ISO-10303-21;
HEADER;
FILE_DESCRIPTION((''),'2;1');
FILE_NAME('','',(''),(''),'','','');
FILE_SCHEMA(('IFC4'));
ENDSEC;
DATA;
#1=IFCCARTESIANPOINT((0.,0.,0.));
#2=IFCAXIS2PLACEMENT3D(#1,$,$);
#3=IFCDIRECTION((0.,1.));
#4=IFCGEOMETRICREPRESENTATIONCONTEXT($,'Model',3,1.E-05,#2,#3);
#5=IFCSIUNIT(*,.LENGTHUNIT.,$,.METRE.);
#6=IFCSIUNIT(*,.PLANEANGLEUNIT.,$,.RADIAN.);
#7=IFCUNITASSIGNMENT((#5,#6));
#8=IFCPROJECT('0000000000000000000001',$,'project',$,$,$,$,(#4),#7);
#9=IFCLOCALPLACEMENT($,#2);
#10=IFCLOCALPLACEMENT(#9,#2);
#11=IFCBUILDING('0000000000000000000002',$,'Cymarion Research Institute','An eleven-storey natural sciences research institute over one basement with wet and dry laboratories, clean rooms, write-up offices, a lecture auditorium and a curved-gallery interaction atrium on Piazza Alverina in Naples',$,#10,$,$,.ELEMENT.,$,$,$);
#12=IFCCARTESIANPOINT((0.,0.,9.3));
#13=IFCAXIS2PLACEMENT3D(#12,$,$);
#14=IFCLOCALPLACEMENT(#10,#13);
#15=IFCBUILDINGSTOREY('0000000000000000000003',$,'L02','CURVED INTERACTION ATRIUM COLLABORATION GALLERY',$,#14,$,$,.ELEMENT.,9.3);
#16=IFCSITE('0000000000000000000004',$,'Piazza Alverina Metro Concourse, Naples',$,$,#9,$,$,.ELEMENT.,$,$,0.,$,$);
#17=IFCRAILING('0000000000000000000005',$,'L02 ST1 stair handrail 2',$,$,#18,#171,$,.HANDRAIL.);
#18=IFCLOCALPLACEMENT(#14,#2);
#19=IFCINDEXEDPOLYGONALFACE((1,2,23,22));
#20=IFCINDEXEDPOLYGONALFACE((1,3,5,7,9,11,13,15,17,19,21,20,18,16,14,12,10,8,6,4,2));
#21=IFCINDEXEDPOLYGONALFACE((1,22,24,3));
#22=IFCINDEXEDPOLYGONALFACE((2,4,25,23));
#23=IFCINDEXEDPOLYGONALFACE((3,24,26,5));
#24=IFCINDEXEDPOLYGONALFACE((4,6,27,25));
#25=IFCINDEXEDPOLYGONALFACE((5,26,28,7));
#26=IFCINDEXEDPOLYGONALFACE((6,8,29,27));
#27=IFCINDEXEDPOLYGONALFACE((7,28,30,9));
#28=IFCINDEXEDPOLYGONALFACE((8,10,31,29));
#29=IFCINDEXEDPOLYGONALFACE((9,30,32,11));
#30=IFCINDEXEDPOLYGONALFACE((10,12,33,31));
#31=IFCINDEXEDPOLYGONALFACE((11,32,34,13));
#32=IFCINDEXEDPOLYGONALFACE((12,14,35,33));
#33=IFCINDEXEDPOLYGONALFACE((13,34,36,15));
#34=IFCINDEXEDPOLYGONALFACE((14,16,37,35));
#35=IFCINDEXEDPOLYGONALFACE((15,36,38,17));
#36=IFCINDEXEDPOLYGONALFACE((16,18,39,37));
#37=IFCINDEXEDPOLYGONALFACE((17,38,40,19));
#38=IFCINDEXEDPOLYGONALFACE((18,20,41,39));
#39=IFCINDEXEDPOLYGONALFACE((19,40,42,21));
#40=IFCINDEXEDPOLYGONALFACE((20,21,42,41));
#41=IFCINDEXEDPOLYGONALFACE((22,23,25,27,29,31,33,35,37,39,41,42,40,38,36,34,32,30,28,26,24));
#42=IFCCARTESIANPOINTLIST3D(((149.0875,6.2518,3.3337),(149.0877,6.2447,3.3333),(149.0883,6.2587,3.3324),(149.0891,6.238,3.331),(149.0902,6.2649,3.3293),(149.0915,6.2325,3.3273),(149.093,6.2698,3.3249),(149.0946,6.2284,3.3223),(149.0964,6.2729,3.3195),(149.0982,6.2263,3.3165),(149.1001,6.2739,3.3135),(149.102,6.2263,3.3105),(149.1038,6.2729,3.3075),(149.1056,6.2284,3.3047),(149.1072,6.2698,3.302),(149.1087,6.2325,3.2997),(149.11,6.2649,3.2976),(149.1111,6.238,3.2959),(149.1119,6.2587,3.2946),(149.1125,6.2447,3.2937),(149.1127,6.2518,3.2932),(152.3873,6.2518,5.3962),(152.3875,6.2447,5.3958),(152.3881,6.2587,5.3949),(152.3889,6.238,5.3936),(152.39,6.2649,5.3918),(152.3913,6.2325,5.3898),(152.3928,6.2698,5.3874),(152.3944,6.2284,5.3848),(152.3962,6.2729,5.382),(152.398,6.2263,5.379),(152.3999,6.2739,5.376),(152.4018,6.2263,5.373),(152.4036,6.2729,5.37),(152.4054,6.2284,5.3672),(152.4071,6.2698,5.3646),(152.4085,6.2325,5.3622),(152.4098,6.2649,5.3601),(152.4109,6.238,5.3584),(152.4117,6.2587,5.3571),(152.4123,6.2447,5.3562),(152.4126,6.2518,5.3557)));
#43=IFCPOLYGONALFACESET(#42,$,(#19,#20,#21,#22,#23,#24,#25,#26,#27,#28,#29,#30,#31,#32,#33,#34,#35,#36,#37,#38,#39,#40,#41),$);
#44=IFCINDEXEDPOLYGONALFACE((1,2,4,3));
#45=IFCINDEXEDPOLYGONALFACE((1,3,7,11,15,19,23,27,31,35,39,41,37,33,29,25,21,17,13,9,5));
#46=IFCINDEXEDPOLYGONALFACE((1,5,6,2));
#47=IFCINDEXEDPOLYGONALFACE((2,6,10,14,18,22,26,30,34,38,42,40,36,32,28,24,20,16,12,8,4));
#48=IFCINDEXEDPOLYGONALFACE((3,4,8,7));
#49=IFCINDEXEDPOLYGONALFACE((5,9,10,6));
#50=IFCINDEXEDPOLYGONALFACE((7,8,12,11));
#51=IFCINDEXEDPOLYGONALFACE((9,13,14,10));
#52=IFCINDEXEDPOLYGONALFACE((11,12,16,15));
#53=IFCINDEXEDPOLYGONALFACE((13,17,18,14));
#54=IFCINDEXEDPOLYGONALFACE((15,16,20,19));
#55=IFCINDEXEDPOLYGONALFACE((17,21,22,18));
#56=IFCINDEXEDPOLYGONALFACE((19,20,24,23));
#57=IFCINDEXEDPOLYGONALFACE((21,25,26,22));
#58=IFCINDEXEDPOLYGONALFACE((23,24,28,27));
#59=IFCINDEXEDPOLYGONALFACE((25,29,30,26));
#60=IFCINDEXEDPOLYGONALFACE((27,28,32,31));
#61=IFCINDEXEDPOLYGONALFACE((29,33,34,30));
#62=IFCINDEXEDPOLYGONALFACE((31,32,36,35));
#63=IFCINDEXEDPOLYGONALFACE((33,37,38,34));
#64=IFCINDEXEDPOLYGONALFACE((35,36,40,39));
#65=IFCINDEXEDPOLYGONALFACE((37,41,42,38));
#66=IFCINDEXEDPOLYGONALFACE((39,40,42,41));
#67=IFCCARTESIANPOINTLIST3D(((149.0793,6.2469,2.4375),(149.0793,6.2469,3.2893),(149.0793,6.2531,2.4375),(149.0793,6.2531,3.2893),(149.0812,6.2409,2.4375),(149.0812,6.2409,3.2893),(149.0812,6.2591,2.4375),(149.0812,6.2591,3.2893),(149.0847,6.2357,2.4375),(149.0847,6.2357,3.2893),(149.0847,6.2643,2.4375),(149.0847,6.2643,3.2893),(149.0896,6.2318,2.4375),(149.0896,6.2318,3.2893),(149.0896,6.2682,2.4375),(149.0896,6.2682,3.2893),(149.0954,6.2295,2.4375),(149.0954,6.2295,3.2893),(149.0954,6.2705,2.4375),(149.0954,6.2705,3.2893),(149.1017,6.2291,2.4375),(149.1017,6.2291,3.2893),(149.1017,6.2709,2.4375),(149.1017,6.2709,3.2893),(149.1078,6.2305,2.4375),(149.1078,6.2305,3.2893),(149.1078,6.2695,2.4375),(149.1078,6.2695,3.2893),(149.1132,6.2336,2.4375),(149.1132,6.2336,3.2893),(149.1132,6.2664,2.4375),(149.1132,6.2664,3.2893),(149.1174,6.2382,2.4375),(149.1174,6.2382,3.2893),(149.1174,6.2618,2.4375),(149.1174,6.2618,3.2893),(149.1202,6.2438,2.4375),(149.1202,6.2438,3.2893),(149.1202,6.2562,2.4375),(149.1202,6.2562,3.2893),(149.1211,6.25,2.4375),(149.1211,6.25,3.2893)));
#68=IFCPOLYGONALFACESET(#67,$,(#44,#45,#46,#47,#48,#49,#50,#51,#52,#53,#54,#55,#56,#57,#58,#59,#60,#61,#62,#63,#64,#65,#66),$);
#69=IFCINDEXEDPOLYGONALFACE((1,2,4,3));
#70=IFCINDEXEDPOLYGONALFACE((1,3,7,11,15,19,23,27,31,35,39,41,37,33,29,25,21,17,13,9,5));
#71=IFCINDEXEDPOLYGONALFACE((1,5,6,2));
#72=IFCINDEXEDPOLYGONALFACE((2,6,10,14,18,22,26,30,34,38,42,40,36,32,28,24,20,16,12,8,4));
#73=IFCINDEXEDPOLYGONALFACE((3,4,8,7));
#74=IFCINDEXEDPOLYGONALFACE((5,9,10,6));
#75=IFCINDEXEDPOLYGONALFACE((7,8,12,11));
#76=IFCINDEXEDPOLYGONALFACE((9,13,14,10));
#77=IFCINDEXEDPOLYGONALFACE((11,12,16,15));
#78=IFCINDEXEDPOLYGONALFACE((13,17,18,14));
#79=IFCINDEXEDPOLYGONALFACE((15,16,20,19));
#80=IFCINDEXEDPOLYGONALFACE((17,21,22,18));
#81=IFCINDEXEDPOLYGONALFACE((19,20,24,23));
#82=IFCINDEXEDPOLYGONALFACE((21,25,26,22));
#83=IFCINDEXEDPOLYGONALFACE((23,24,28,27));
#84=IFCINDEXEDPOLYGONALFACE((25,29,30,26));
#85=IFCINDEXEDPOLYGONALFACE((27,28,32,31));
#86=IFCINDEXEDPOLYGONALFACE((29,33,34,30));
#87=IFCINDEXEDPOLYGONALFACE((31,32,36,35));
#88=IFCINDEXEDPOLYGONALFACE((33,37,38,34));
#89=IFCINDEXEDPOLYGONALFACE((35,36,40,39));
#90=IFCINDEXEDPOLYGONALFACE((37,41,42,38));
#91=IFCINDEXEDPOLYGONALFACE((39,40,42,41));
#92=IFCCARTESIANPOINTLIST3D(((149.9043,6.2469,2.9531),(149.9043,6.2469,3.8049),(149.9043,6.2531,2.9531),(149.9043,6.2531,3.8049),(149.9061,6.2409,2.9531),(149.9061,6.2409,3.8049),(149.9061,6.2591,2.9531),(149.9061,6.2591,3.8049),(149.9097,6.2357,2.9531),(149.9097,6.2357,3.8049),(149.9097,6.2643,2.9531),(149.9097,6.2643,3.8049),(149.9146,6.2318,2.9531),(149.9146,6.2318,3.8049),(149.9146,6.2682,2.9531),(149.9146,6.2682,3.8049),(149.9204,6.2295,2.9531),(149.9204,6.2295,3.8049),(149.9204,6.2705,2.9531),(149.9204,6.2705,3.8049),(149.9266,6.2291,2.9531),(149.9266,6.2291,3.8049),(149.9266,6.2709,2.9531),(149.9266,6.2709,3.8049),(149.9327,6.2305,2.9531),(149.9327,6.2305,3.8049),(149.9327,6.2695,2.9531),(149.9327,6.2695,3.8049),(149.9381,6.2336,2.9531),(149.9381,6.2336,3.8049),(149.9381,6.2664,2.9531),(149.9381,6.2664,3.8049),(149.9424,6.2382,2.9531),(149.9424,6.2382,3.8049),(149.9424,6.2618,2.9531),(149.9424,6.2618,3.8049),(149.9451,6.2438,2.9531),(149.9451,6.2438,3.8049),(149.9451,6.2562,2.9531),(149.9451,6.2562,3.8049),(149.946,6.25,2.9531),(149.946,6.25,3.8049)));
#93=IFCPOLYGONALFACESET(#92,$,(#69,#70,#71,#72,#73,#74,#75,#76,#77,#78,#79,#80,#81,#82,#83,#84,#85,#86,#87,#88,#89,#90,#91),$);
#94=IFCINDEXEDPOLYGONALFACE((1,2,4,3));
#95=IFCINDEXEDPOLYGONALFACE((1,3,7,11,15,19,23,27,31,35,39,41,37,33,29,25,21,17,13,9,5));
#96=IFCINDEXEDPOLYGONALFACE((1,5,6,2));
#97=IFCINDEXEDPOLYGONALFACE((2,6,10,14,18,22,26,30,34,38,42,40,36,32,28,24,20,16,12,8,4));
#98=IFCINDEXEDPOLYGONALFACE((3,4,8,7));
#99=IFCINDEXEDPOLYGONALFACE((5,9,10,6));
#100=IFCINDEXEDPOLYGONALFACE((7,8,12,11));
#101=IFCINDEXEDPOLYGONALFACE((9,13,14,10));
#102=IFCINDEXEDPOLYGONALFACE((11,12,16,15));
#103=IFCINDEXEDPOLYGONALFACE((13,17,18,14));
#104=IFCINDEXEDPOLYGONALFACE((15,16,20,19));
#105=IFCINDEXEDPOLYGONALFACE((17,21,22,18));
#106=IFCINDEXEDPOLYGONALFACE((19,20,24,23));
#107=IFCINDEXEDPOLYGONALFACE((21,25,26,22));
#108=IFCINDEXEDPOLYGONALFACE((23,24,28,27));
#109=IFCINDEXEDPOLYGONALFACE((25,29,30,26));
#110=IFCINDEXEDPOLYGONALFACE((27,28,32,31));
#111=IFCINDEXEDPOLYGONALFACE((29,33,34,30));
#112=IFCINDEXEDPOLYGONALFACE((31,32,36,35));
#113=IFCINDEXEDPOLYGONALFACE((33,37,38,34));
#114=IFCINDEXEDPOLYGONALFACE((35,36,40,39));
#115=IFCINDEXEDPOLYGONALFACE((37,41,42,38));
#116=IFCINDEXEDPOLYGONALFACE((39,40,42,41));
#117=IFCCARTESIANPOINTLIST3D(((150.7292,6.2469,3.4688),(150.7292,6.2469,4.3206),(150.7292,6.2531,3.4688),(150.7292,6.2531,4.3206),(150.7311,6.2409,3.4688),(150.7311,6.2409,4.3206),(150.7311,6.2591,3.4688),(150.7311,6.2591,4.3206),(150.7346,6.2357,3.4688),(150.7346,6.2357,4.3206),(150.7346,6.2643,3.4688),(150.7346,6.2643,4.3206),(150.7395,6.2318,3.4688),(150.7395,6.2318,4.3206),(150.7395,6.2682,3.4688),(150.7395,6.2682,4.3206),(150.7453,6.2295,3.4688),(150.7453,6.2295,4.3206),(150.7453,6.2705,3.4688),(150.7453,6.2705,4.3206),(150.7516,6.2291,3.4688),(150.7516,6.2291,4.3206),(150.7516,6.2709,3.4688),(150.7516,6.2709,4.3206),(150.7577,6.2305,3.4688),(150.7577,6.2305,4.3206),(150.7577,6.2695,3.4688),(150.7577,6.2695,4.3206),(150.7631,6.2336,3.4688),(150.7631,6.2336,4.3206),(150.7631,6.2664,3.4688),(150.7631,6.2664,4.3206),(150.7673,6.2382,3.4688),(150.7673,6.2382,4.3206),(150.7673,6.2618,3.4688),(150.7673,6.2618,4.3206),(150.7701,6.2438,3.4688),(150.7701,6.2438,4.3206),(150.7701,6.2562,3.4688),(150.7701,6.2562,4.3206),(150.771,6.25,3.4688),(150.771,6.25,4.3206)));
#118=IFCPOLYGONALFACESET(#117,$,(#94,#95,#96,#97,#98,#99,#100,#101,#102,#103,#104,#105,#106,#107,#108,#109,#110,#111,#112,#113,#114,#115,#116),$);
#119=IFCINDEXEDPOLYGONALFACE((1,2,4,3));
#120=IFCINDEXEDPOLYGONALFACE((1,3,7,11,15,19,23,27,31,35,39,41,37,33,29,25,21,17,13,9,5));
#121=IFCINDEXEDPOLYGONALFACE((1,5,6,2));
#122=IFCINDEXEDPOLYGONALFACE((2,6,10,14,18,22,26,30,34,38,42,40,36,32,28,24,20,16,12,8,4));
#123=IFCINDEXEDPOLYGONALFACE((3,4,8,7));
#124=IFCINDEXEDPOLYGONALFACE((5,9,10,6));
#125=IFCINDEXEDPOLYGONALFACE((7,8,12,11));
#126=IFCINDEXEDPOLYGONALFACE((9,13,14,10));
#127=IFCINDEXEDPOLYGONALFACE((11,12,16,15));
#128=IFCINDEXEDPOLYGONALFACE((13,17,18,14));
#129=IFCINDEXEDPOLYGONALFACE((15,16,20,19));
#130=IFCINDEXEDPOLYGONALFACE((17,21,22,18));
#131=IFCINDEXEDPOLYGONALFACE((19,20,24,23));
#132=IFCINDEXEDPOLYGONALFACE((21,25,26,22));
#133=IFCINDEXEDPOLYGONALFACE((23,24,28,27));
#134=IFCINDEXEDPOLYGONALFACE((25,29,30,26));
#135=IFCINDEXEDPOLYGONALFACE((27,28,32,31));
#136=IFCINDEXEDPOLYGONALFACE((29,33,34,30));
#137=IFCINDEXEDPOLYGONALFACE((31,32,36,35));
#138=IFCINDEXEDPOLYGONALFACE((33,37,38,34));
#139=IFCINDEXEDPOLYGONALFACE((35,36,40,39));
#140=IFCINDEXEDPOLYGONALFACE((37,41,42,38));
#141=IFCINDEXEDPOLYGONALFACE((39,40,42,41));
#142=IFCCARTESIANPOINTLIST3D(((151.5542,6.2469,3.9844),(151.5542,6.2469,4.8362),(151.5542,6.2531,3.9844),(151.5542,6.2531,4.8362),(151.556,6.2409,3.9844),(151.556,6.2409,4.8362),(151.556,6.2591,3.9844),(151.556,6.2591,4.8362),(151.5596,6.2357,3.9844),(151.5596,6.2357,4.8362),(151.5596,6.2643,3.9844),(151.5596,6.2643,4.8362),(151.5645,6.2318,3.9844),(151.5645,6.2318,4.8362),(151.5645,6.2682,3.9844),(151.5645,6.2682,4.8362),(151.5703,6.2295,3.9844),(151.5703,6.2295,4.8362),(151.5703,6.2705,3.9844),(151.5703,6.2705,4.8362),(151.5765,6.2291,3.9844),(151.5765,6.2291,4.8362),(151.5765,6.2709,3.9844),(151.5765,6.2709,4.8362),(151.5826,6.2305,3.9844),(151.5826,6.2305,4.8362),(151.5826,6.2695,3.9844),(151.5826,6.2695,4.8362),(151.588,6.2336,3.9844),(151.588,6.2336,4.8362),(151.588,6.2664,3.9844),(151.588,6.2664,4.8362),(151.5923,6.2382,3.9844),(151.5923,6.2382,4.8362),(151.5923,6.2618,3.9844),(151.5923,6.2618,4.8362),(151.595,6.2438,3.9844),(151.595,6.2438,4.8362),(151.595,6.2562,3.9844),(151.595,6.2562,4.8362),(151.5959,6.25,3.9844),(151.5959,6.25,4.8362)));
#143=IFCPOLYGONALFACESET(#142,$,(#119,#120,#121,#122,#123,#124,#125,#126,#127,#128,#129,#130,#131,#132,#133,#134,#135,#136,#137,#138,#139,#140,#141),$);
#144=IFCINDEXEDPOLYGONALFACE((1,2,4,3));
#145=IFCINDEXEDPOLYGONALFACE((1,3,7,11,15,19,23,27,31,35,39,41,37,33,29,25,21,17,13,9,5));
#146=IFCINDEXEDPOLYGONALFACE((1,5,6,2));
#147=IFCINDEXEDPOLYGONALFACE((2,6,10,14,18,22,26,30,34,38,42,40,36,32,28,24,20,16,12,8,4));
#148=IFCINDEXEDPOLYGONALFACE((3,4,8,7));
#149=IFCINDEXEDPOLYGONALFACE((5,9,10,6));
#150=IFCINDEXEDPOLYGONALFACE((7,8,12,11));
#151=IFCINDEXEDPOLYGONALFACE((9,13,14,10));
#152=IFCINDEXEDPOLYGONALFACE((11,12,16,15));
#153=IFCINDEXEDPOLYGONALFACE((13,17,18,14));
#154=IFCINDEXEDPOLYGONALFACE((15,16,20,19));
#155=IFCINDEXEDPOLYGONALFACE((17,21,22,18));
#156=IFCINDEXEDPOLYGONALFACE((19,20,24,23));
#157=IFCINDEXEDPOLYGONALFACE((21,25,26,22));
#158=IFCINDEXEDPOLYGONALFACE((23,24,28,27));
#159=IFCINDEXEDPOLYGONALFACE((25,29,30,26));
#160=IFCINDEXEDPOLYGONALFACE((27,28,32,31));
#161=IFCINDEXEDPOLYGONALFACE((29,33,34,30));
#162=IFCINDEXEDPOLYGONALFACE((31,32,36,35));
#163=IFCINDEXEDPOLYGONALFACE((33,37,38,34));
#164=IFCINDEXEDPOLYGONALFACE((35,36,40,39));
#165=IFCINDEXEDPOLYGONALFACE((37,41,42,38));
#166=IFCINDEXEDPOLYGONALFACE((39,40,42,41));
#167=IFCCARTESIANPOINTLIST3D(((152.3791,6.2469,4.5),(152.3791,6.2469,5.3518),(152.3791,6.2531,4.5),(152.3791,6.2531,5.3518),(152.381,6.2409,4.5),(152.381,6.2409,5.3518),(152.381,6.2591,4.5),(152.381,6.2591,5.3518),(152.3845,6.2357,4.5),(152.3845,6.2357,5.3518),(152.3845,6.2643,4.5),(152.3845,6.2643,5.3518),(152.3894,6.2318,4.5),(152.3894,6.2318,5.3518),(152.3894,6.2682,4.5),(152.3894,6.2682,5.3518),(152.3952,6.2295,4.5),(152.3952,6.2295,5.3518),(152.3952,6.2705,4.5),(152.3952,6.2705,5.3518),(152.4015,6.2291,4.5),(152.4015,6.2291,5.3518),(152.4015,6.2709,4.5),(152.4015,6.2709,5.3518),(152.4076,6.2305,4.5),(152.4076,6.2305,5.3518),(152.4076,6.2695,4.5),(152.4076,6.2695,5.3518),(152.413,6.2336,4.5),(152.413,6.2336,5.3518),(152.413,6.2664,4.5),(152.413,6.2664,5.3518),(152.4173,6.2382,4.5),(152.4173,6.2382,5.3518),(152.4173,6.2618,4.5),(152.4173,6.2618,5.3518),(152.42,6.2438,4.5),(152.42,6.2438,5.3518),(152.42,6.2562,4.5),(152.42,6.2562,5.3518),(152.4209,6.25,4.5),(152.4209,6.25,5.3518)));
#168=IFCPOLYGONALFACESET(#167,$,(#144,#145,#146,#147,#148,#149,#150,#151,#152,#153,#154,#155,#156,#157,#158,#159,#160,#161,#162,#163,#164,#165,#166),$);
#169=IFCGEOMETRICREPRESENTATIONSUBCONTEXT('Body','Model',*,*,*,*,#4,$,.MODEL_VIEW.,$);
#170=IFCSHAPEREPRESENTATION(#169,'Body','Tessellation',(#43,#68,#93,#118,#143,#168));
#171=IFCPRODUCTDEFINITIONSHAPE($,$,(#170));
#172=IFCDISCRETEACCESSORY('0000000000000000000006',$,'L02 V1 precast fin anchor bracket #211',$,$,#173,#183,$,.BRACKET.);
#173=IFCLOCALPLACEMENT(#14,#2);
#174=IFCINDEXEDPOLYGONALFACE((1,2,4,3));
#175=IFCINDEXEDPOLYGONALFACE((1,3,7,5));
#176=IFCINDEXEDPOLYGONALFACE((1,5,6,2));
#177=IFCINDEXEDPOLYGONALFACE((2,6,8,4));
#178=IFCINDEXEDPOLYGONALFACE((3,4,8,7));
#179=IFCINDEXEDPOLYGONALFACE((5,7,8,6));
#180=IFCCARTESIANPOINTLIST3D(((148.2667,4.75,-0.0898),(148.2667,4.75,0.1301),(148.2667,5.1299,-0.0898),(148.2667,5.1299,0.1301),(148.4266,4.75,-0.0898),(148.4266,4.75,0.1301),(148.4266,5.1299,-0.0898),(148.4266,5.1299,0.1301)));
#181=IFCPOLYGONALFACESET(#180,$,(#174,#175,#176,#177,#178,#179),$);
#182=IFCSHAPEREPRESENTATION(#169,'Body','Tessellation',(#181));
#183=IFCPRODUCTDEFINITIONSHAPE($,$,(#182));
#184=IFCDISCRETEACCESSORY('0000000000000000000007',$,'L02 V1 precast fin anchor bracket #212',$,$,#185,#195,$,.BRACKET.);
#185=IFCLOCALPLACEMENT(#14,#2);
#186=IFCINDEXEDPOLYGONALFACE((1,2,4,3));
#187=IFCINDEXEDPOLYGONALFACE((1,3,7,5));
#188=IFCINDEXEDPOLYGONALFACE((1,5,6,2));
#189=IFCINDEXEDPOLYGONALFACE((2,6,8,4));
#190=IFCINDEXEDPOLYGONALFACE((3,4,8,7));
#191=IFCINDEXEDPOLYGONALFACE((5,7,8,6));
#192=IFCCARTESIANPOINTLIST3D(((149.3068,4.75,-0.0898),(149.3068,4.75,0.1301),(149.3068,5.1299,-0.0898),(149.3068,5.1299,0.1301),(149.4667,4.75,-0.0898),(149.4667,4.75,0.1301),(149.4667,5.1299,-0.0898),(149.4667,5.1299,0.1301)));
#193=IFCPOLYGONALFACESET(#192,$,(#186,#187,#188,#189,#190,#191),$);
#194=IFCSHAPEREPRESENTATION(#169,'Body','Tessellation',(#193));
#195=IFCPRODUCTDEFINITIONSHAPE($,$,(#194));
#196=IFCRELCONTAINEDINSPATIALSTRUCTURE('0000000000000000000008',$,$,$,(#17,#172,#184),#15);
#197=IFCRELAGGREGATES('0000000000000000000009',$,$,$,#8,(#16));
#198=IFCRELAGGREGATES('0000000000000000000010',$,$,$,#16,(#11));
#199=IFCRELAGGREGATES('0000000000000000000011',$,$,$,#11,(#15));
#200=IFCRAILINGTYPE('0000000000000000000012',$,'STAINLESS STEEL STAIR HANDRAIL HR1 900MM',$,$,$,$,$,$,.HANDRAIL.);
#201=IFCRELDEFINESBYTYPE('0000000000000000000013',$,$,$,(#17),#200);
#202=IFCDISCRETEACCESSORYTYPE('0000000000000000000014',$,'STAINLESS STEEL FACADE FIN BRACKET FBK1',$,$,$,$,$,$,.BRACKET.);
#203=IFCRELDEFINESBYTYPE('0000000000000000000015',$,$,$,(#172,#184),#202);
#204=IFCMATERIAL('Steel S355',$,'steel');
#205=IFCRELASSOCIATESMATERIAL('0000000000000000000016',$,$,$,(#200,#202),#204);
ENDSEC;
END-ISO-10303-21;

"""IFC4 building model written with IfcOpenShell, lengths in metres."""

from ifc_helpers import new_model, si_unit, direction, frame, origin, origin_2d, place, context, subcontext, project, spatial, rectangle, circle, extrude, material, type_object, element, save


model = new_model("IFC4")

# Units and contexts
model_context = context("Model", 3, precision=1e-05, world=origin(), true_north=direction((0.0, 1.0)))
body_context = subcontext(model_context, "Body", "Model", "MODEL_VIEW")
ifc_project = project(units=[si_unit("LENGTHUNIT", "METRE"), si_unit("PLANEANGLEUNIT", "RADIAN")], contexts=[model_context])

# Site, building, storey
site_placement = place(None, origin())
site = spatial("IfcSite", under=ifc_project, at=site_placement, Name="Piazza Alverina Metro Concourse, Naples", CompositionType="ELEMENT", RefElevation=0.0)
building_placement = place(site_placement, origin())
building = spatial("IfcBuilding", under=site, at=building_placement, Name="Cymarion Research Institute", Description="An eleven-storey natural sciences research institute over one basement with wet and dry laboratories, clean rooms, write-up offices, a lecture auditorium and a curved-gallery interaction atrium on Piazza Alverina in Naples", CompositionType="ELEMENT")
storey_placement = place(building_placement, frame((0.0, 0.0, 9.3)))
storey = spatial("IfcBuildingStorey", under=building, at=storey_placement, Name="L02", Description="CURVED INTERACTION ATRIUM COLLABORATION GALLERY", CompositionType="ELEMENT", Elevation=9.3)

# Shared definitions
ifc_material_1 = material(Name="Steel S355", Category="steel")

# Railing
railing_type_1 = type_object("IfcRailingType", Name="STAINLESS STEEL STAIR HANDRAIL HR1 900MM", PredefinedType="HANDRAIL", material=ifc_material_1)
railing_1_placement = place(storey_placement, frame((149.1001, 6.25, 2.4375)))
element("IfcRailing", 1, at=railing_1_placement, inside=storey, type_object=railing_type_1, Name="L02 ST1 stair handrail 2", PredefinedType="HANDRAIL", context=body_context, shape_type="SweptSolid", body=[
    extrude(circle(Radius=0.0239, at=origin_2d()), frame((0.0, 0.0, 0.876), z_axis=(0.847984, 0.0, 0.530021), x_axis=(0.0, 1.0, 0.0)), (0.0, 0.0, 1.0), 3.8914),
    extrude(circle(Radius=0.021, at=origin_2d()), origin(), (0.0, 0.0, 1.0), 0.8518),
    extrude(circle(Radius=0.021, at=origin_2d()), frame((0.825, 0.0, 0.5156)), (0.0, 0.0, 1.0), 0.8518),
    extrude(circle(Radius=0.021, at=origin_2d()), frame((1.6499, 0.0, 1.0312)), (0.0, 0.0, 1.0), 0.8518),
    extrude(circle(Radius=0.021, at=origin_2d()), frame((2.4749, 0.0, 1.5469)), (0.0, 0.0, 1.0), 0.8518),
    extrude(circle(Radius=0.021, at=origin_2d()), frame((3.2998, 0.0, 2.0625)), (0.0, 0.0, 1.0), 0.8518),
])

# Discrete accessories
discrete_accessory_type = type_object("IfcDiscreteAccessoryType", Name="STAINLESS STEEL FACADE FIN BRACKET FBK1", PredefinedType="BRACKET", material=ifc_material_1)
for number, where, z_axis, x_axis, name in (
    (2, (148.3467, 4.9399, -0.0898), (0.0, 0.0, 1.0), (0.0, -1.0, 0.0), "L02 V1 precast fin anchor bracket #211"),
    (3, (149.3867, 4.9399, -0.0898), (0.0, 0.0, 1.0), (0.0, -1.0, 0.0), "L02 V1 precast fin anchor bracket #212"),
):
    element("IfcDiscreteAccessory", number, at=place(storey_placement, frame(where, z_axis=z_axis, x_axis=x_axis)), inside=storey, type_object=discrete_accessory_type, Name=name, PredefinedType="BRACKET", context=body_context, shape_type="SweptSolid", body=[
        extrude(rectangle(XDim=0.3799, YDim=0.1599, at=origin_2d()), origin(), (0.0, 0.0, 1.0), 0.22),
    ])

save(model, "model.ifc")
